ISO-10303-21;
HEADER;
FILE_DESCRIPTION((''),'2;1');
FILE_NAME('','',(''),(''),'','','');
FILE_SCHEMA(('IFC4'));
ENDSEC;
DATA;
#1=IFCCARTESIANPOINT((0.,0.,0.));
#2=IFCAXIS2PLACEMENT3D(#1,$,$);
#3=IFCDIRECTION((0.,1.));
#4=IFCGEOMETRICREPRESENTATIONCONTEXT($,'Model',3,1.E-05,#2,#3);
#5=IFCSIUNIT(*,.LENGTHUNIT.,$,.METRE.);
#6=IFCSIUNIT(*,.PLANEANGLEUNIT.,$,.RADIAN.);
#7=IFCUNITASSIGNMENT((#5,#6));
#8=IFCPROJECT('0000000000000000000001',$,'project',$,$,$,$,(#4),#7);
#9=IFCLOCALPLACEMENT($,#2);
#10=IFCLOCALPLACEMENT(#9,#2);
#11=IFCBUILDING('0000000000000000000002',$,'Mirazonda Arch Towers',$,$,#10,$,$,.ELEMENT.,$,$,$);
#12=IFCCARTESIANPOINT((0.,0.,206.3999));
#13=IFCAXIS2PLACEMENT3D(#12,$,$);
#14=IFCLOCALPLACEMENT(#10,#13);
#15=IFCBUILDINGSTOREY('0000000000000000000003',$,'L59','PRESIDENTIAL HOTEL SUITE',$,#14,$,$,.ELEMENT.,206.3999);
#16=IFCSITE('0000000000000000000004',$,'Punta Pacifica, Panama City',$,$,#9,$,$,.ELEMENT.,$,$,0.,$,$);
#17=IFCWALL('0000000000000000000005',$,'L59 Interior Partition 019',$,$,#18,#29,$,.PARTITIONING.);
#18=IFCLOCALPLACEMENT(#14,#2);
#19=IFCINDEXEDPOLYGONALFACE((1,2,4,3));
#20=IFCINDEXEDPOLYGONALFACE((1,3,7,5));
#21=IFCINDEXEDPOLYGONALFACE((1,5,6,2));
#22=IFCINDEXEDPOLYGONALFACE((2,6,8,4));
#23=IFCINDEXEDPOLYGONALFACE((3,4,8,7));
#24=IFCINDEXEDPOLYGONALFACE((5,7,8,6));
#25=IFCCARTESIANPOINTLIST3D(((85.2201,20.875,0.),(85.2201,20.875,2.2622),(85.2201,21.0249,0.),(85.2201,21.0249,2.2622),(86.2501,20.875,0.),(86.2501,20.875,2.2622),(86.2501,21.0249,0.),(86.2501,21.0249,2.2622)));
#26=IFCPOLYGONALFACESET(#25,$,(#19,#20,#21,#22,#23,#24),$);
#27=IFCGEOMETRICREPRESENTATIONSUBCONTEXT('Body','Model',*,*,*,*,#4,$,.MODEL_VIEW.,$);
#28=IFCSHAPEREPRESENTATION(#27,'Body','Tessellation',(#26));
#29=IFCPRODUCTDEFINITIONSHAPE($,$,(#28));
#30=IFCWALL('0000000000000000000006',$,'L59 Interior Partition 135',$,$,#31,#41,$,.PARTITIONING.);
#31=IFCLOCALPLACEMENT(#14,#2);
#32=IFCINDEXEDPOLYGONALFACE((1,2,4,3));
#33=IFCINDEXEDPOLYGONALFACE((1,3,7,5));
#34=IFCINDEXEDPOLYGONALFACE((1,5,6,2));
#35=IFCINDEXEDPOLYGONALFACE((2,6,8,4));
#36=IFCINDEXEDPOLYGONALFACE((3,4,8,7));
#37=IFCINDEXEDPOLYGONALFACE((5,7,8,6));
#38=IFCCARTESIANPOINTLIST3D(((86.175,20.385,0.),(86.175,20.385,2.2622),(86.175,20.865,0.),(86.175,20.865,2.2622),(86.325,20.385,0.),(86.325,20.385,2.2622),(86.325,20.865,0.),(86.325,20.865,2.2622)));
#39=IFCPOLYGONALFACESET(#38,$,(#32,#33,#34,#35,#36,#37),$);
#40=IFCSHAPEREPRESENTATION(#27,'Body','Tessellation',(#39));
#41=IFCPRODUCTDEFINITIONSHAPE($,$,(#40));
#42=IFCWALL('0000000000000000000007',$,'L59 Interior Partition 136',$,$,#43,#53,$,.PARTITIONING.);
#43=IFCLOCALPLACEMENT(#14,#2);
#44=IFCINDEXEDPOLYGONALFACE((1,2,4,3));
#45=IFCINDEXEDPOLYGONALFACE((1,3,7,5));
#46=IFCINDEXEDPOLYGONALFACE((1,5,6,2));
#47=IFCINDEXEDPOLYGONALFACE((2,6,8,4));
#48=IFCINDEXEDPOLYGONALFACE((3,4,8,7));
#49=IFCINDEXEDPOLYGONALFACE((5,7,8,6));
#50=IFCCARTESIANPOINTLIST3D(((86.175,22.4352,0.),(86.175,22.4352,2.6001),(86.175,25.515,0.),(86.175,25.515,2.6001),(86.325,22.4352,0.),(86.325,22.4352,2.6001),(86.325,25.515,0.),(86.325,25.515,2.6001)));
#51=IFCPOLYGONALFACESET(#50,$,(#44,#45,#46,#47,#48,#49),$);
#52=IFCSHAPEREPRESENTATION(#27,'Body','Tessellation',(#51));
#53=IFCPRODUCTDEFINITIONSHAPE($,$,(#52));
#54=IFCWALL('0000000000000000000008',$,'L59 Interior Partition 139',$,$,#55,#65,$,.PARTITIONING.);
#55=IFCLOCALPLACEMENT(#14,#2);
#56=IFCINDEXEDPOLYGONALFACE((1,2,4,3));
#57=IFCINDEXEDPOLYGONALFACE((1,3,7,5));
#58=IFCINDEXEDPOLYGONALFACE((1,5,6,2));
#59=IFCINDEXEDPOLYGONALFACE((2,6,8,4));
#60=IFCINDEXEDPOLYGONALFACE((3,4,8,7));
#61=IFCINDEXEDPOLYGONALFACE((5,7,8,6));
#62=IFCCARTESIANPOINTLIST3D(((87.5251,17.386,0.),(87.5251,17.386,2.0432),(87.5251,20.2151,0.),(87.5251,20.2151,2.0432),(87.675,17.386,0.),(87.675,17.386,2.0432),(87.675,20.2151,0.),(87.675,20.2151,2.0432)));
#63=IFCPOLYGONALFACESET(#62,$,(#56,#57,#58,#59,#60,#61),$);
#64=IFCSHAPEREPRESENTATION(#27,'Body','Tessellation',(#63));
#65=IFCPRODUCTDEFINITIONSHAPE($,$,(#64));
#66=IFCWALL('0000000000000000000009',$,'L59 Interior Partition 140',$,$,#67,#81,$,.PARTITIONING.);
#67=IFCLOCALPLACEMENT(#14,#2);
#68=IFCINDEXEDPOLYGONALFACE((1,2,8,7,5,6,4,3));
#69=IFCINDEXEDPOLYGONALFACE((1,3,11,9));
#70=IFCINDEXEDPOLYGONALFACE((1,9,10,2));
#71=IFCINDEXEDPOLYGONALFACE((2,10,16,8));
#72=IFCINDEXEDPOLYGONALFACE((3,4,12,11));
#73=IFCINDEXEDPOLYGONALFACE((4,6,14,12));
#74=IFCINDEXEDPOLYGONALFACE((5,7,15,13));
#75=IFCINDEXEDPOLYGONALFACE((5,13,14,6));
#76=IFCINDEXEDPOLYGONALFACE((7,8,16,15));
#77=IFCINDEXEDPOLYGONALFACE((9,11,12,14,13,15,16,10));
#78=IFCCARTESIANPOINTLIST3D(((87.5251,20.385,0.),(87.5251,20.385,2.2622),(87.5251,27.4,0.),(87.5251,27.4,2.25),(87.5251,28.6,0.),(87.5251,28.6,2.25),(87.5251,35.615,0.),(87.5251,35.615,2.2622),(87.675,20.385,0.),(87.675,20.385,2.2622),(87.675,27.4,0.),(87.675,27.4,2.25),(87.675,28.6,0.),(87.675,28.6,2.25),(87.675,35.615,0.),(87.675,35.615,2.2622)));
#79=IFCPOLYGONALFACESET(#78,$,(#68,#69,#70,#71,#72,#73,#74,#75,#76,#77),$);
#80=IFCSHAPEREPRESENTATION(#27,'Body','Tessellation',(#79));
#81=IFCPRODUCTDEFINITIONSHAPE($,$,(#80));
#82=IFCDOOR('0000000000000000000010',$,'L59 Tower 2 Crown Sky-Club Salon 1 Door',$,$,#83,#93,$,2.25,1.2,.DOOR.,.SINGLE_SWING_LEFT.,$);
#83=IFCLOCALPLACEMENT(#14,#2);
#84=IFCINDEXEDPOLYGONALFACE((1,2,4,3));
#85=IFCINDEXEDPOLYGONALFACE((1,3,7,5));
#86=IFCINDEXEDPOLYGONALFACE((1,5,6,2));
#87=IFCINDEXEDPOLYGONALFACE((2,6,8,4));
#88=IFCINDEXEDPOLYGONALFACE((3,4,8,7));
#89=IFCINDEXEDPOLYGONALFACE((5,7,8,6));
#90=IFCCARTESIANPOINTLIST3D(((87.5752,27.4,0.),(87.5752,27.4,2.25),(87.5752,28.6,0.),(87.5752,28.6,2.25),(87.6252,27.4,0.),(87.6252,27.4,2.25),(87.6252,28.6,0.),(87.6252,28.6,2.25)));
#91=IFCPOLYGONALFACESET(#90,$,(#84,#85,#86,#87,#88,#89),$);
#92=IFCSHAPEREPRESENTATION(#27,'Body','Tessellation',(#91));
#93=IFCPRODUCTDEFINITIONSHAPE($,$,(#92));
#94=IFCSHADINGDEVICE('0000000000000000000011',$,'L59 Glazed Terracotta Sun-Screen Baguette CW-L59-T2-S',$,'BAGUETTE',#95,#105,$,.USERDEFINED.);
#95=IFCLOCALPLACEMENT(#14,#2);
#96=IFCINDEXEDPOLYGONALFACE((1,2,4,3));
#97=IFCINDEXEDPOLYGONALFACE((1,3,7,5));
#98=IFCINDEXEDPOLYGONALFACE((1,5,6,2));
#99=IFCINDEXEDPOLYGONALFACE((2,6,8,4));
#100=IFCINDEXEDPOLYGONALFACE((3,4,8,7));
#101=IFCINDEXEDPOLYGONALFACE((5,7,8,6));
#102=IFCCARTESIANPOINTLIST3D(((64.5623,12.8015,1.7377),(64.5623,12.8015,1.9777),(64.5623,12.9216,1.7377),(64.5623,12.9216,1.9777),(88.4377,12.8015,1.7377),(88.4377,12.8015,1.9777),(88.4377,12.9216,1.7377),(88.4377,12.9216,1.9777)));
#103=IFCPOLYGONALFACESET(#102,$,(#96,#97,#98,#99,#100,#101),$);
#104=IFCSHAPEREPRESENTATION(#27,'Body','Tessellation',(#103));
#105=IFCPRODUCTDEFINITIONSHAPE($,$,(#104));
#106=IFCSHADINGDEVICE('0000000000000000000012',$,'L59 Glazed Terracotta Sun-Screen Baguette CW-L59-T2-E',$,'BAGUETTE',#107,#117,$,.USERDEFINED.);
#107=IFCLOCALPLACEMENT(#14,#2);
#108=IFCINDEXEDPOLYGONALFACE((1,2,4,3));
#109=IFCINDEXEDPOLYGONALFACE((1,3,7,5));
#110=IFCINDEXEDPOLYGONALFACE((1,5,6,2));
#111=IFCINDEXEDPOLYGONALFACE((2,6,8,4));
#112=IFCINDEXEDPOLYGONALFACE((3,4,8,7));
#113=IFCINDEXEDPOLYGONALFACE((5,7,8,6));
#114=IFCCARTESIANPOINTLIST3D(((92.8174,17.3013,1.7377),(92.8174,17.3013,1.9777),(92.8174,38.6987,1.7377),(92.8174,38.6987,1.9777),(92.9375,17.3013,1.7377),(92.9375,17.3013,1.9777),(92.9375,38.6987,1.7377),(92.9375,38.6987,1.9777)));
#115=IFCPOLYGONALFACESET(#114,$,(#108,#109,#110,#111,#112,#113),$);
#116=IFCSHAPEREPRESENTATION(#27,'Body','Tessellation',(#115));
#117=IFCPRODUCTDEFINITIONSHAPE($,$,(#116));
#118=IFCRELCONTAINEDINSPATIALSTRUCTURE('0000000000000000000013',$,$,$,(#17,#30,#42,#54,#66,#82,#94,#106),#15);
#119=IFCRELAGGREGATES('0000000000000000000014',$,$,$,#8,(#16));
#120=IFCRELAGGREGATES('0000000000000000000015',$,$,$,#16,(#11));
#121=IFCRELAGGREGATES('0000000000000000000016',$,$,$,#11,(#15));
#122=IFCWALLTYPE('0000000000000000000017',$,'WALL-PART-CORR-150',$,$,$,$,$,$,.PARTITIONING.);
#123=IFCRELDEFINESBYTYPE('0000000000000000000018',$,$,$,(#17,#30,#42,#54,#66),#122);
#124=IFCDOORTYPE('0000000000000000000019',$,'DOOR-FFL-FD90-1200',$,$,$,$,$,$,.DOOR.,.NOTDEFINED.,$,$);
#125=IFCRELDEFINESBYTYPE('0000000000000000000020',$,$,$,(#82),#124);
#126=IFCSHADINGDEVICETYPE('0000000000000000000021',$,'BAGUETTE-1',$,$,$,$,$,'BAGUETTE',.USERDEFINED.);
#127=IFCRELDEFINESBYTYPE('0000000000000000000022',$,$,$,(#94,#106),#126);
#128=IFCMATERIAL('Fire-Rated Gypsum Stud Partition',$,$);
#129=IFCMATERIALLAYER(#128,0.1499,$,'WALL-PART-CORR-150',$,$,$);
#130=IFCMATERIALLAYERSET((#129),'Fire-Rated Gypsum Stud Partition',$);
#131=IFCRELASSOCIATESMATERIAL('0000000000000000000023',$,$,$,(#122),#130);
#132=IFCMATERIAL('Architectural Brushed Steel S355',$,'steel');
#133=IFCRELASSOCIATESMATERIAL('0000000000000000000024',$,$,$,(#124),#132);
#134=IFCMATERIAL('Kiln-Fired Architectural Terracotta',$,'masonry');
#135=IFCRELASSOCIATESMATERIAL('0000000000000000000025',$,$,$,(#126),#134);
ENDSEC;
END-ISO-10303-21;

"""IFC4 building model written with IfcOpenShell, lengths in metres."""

from ifc_helpers import new_model, si_unit, direction, frame, frame_2d, origin, origin_2d, place, context, subcontext, project, spatial, rectangle, extrude, material, layer, layer_set, material_profile, profile_set, type_object, element, fill, save


model = new_model("IFC4")

# Units and contexts
model_context = context("Model", 3, precision=1e-05, world=origin(), true_north=direction((0.0, 1.0)))
body_context = subcontext(model_context, "Body", "Model", "MODEL_VIEW")
ifc_project = project(units=[si_unit("LENGTHUNIT", "METRE"), si_unit("PLANEANGLEUNIT", "RADIAN")], contexts=[model_context])

# Site, building, storey
site_placement = place(None, origin())
site = spatial("IfcSite", under=ifc_project, at=site_placement, Name="Punta Pacifica, Panama City", CompositionType="ELEMENT", RefElevation=0.0)
building_placement = place(site_placement, origin())
building = spatial("IfcBuilding", under=site, at=building_placement, Name="Mirazonda Arch Towers", CompositionType="ELEMENT")
storey_placement = place(building_placement, frame((0.0, 0.0, 206.3999)))
storey = spatial("IfcBuildingStorey", under=building, at=storey_placement, Name="L59", Description="PRESIDENTIAL HOTEL SUITE", CompositionType="ELEMENT", Elevation=206.3999)

# Walls
ifc_material_1 = material(Name="Fire-Rated Gypsum Stud Partition")
ifc_layer_1 = layer(ifc_material_1, 0.1499, Name="WALL-PART-CORR-150")
ifc_layer_set_1 = layer_set([ifc_layer_1], Name="Fire-Rated Gypsum Stud Partition")
wall_type_1 = type_object("IfcWallType", Name="WALL-PART-CORR-150", PredefinedType="PARTITIONING", material=ifc_layer_set_1)
wall_1_placement = place(storey_placement, frame((85.22, 20.95, 0.0), z_axis=(0.0, 0.0, 1.0), x_axis=(1.0, 0.0, 0.0)))
element("IfcWall", 1, at=wall_1_placement, inside=storey, type_object=wall_type_1, Name="L59 Interior Partition 019", PredefinedType="PARTITIONING", context=body_context, shape_type="SweptSolid", body=[
    extrude(rectangle(XDim=1.03, YDim=0.1499, at=frame_2d((0.5151, 0.0))), origin(), (0.0, 0.0, 1.0), 2.2622),
])
wall_2_placement = place(storey_placement, frame((86.25, 20.385, 0.0), z_axis=(0.0, 0.0, 1.0), x_axis=(0.0, 1.0, 0.0)))
element("IfcWall", 2, at=wall_2_placement, inside=storey, type_object=wall_type_1, Name="L59 Interior Partition 135", PredefinedType="PARTITIONING", context=body_context, shape_type="SweptSolid", body=[
    extrude(rectangle(XDim=0.48, YDim=0.1499, at=frame_2d((0.24, 0.0))), origin(), (0.0, 0.0, 1.0), 2.2622),
])
wall_3_placement = place(storey_placement, frame((86.25, 22.4351, 0.0), z_axis=(0.0, 0.0, 1.0), x_axis=(0.0, 1.0, 0.0)))
element("IfcWall", 3, at=wall_3_placement, inside=storey, type_object=wall_type_1, Name="L59 Interior Partition 136", PredefinedType="PARTITIONING", context=body_context, shape_type="SweptSolid", body=[
    extrude(rectangle(XDim=3.0798, YDim=0.1499, at=frame_2d((1.54, 0.0))), origin(), (0.0, 0.0, 1.0), 2.6001),
])
wall_4_placement = place(storey_placement, frame((87.6001, 17.386, 0.0), z_axis=(0.0, 0.0, 1.0), x_axis=(0.0, 1.0, 0.0)))
element("IfcWall", 4, at=wall_4_placement, inside=storey, type_object=wall_type_1, Name="L59 Interior Partition 139", PredefinedType="PARTITIONING", context=body_context, shape_type="SweptSolid", body=[
    extrude(rectangle(XDim=2.8291, YDim=0.1499, at=frame_2d((1.4146, 0.0))), origin(), (0.0, 0.0, 1.0), 2.0432),
])

# Wall, opening, door
wall_5_placement = place(storey_placement, frame((87.6001, 20.385, 0.0), z_axis=(0.0, 0.0, 1.0), x_axis=(0.0, 1.0, 0.0)))
wall_5 = element("IfcWall", 5, at=wall_5_placement, inside=storey, type_object=wall_type_1, Name="L59 Interior Partition 140", PredefinedType="PARTITIONING", context=body_context, shape_type="SweptSolid", body=[
    extrude(rectangle(XDim=15.23, YDim=0.1499, at=frame_2d((7.615, 0.0))), origin(), (0.0, 0.0, 1.0), 2.2622),
])
opening_placement = place(wall_5_placement, frame((7.0149, 0.0, 0.0)))
opening = element("IfcOpeningElement", 6, at=opening_placement, cuts=wall_5, PredefinedType="OPENING", context=body_context, shape_type="SweptSolid", body=[
    extrude(rectangle(XDim=1.2, YDim=2.25, at=frame_2d((0.6001, 1.125))), frame((0.0, 0.085, 0.0), z_axis=(0.0, -1.0, 0.0), x_axis=(1.0, 0.0, 0.0)), (0.0, 0.0, 1.0), 0.1699),
])
ifc_material_2 = material(Name="Architectural Brushed Steel S355", Category="steel")
door_type = type_object("IfcDoorType", Name="DOOR-FFL-FD90-1200", OperationType="NOTDEFINED", PredefinedType="DOOR", material=ifc_material_2)
door_placement = place(opening_placement, origin())
door = element("IfcDoor", 7, at=door_placement, inside=storey, type_object=door_type, Name="L59 Tower 2 Crown Sky-Club Salon 1 Door", OperationType="SINGLE_SWING_LEFT", OverallHeight=2.25, OverallWidth=1.2, PredefinedType="DOOR", context=body_context, shape_type="SweptSolid", body=[
    extrude(rectangle(XDim=1.2, YDim=2.25, at=frame_2d((0.6001, 1.125))), frame((0.0, 0.0249, 0.0), z_axis=(0.0, -1.0, 0.0), x_axis=(1.0, 0.0, 0.0)), (0.0, 0.0, 1.0), 0.05),
])
fill(opening, door)

# Shading devices
ifc_material_3 = material(Name="Kiln-Fired Architectural Terracotta", Category="masonry")
ifc_material_profile_1 = material_profile(ifc_material_3, rectangle(XDim=0.1201, YDim=0.24, at=origin_2d()), Name="TERRA-BAG-120x240")
ifc_profile_set_1 = profile_set([ifc_material_profile_1], Name="Kiln-Fired Architectural Terracotta")
shading_device_type = type_object("IfcShadingDeviceType", Name="BAGUETTE-1", ElementType="BAGUETTE", PredefinedType="USERDEFINED", material=ifc_profile_set_1)
shading_device_1_placement = place(storey_placement, frame((88.4377, 12.8616, 1.8577), z_axis=(-1.0, 0.0, 0.0), x_axis=(0.0, -1.0, 0.0)))
element("IfcShadingDevice", 8, at=shading_device_1_placement, inside=storey, type_object=shading_device_type, Name="L59 Glazed Terracotta Sun-Screen Baguette CW-L59-T2-S", ObjectType="BAGUETTE", PredefinedType="USERDEFINED", context=body_context, shape_type="SweptSolid", body=[
    extrude(rectangle(XDim=0.1201, YDim=0.24, at=origin_2d()), origin(), (0.0, 0.0, 1.0), 23.8755),
])
shading_device_2_placement = place(storey_placement, frame((92.8774, 17.3013, 1.8577), z_axis=(0.0, 1.0, 0.0), x_axis=(-1.0, 0.0, 0.0)))
element("IfcShadingDevice", 9, at=shading_device_2_placement, inside=storey, type_object=shading_device_type, Name="L59 Glazed Terracotta Sun-Screen Baguette CW-L59-T2-E", ObjectType="BAGUETTE", PredefinedType="USERDEFINED", context=body_context, shape_type="SweptSolid", body=[
    extrude(rectangle(XDim=0.1201, YDim=0.24, at=origin_2d()), origin(), (0.0, 0.0, 1.0), 21.3975),
])

save(model, "model.ifc")
